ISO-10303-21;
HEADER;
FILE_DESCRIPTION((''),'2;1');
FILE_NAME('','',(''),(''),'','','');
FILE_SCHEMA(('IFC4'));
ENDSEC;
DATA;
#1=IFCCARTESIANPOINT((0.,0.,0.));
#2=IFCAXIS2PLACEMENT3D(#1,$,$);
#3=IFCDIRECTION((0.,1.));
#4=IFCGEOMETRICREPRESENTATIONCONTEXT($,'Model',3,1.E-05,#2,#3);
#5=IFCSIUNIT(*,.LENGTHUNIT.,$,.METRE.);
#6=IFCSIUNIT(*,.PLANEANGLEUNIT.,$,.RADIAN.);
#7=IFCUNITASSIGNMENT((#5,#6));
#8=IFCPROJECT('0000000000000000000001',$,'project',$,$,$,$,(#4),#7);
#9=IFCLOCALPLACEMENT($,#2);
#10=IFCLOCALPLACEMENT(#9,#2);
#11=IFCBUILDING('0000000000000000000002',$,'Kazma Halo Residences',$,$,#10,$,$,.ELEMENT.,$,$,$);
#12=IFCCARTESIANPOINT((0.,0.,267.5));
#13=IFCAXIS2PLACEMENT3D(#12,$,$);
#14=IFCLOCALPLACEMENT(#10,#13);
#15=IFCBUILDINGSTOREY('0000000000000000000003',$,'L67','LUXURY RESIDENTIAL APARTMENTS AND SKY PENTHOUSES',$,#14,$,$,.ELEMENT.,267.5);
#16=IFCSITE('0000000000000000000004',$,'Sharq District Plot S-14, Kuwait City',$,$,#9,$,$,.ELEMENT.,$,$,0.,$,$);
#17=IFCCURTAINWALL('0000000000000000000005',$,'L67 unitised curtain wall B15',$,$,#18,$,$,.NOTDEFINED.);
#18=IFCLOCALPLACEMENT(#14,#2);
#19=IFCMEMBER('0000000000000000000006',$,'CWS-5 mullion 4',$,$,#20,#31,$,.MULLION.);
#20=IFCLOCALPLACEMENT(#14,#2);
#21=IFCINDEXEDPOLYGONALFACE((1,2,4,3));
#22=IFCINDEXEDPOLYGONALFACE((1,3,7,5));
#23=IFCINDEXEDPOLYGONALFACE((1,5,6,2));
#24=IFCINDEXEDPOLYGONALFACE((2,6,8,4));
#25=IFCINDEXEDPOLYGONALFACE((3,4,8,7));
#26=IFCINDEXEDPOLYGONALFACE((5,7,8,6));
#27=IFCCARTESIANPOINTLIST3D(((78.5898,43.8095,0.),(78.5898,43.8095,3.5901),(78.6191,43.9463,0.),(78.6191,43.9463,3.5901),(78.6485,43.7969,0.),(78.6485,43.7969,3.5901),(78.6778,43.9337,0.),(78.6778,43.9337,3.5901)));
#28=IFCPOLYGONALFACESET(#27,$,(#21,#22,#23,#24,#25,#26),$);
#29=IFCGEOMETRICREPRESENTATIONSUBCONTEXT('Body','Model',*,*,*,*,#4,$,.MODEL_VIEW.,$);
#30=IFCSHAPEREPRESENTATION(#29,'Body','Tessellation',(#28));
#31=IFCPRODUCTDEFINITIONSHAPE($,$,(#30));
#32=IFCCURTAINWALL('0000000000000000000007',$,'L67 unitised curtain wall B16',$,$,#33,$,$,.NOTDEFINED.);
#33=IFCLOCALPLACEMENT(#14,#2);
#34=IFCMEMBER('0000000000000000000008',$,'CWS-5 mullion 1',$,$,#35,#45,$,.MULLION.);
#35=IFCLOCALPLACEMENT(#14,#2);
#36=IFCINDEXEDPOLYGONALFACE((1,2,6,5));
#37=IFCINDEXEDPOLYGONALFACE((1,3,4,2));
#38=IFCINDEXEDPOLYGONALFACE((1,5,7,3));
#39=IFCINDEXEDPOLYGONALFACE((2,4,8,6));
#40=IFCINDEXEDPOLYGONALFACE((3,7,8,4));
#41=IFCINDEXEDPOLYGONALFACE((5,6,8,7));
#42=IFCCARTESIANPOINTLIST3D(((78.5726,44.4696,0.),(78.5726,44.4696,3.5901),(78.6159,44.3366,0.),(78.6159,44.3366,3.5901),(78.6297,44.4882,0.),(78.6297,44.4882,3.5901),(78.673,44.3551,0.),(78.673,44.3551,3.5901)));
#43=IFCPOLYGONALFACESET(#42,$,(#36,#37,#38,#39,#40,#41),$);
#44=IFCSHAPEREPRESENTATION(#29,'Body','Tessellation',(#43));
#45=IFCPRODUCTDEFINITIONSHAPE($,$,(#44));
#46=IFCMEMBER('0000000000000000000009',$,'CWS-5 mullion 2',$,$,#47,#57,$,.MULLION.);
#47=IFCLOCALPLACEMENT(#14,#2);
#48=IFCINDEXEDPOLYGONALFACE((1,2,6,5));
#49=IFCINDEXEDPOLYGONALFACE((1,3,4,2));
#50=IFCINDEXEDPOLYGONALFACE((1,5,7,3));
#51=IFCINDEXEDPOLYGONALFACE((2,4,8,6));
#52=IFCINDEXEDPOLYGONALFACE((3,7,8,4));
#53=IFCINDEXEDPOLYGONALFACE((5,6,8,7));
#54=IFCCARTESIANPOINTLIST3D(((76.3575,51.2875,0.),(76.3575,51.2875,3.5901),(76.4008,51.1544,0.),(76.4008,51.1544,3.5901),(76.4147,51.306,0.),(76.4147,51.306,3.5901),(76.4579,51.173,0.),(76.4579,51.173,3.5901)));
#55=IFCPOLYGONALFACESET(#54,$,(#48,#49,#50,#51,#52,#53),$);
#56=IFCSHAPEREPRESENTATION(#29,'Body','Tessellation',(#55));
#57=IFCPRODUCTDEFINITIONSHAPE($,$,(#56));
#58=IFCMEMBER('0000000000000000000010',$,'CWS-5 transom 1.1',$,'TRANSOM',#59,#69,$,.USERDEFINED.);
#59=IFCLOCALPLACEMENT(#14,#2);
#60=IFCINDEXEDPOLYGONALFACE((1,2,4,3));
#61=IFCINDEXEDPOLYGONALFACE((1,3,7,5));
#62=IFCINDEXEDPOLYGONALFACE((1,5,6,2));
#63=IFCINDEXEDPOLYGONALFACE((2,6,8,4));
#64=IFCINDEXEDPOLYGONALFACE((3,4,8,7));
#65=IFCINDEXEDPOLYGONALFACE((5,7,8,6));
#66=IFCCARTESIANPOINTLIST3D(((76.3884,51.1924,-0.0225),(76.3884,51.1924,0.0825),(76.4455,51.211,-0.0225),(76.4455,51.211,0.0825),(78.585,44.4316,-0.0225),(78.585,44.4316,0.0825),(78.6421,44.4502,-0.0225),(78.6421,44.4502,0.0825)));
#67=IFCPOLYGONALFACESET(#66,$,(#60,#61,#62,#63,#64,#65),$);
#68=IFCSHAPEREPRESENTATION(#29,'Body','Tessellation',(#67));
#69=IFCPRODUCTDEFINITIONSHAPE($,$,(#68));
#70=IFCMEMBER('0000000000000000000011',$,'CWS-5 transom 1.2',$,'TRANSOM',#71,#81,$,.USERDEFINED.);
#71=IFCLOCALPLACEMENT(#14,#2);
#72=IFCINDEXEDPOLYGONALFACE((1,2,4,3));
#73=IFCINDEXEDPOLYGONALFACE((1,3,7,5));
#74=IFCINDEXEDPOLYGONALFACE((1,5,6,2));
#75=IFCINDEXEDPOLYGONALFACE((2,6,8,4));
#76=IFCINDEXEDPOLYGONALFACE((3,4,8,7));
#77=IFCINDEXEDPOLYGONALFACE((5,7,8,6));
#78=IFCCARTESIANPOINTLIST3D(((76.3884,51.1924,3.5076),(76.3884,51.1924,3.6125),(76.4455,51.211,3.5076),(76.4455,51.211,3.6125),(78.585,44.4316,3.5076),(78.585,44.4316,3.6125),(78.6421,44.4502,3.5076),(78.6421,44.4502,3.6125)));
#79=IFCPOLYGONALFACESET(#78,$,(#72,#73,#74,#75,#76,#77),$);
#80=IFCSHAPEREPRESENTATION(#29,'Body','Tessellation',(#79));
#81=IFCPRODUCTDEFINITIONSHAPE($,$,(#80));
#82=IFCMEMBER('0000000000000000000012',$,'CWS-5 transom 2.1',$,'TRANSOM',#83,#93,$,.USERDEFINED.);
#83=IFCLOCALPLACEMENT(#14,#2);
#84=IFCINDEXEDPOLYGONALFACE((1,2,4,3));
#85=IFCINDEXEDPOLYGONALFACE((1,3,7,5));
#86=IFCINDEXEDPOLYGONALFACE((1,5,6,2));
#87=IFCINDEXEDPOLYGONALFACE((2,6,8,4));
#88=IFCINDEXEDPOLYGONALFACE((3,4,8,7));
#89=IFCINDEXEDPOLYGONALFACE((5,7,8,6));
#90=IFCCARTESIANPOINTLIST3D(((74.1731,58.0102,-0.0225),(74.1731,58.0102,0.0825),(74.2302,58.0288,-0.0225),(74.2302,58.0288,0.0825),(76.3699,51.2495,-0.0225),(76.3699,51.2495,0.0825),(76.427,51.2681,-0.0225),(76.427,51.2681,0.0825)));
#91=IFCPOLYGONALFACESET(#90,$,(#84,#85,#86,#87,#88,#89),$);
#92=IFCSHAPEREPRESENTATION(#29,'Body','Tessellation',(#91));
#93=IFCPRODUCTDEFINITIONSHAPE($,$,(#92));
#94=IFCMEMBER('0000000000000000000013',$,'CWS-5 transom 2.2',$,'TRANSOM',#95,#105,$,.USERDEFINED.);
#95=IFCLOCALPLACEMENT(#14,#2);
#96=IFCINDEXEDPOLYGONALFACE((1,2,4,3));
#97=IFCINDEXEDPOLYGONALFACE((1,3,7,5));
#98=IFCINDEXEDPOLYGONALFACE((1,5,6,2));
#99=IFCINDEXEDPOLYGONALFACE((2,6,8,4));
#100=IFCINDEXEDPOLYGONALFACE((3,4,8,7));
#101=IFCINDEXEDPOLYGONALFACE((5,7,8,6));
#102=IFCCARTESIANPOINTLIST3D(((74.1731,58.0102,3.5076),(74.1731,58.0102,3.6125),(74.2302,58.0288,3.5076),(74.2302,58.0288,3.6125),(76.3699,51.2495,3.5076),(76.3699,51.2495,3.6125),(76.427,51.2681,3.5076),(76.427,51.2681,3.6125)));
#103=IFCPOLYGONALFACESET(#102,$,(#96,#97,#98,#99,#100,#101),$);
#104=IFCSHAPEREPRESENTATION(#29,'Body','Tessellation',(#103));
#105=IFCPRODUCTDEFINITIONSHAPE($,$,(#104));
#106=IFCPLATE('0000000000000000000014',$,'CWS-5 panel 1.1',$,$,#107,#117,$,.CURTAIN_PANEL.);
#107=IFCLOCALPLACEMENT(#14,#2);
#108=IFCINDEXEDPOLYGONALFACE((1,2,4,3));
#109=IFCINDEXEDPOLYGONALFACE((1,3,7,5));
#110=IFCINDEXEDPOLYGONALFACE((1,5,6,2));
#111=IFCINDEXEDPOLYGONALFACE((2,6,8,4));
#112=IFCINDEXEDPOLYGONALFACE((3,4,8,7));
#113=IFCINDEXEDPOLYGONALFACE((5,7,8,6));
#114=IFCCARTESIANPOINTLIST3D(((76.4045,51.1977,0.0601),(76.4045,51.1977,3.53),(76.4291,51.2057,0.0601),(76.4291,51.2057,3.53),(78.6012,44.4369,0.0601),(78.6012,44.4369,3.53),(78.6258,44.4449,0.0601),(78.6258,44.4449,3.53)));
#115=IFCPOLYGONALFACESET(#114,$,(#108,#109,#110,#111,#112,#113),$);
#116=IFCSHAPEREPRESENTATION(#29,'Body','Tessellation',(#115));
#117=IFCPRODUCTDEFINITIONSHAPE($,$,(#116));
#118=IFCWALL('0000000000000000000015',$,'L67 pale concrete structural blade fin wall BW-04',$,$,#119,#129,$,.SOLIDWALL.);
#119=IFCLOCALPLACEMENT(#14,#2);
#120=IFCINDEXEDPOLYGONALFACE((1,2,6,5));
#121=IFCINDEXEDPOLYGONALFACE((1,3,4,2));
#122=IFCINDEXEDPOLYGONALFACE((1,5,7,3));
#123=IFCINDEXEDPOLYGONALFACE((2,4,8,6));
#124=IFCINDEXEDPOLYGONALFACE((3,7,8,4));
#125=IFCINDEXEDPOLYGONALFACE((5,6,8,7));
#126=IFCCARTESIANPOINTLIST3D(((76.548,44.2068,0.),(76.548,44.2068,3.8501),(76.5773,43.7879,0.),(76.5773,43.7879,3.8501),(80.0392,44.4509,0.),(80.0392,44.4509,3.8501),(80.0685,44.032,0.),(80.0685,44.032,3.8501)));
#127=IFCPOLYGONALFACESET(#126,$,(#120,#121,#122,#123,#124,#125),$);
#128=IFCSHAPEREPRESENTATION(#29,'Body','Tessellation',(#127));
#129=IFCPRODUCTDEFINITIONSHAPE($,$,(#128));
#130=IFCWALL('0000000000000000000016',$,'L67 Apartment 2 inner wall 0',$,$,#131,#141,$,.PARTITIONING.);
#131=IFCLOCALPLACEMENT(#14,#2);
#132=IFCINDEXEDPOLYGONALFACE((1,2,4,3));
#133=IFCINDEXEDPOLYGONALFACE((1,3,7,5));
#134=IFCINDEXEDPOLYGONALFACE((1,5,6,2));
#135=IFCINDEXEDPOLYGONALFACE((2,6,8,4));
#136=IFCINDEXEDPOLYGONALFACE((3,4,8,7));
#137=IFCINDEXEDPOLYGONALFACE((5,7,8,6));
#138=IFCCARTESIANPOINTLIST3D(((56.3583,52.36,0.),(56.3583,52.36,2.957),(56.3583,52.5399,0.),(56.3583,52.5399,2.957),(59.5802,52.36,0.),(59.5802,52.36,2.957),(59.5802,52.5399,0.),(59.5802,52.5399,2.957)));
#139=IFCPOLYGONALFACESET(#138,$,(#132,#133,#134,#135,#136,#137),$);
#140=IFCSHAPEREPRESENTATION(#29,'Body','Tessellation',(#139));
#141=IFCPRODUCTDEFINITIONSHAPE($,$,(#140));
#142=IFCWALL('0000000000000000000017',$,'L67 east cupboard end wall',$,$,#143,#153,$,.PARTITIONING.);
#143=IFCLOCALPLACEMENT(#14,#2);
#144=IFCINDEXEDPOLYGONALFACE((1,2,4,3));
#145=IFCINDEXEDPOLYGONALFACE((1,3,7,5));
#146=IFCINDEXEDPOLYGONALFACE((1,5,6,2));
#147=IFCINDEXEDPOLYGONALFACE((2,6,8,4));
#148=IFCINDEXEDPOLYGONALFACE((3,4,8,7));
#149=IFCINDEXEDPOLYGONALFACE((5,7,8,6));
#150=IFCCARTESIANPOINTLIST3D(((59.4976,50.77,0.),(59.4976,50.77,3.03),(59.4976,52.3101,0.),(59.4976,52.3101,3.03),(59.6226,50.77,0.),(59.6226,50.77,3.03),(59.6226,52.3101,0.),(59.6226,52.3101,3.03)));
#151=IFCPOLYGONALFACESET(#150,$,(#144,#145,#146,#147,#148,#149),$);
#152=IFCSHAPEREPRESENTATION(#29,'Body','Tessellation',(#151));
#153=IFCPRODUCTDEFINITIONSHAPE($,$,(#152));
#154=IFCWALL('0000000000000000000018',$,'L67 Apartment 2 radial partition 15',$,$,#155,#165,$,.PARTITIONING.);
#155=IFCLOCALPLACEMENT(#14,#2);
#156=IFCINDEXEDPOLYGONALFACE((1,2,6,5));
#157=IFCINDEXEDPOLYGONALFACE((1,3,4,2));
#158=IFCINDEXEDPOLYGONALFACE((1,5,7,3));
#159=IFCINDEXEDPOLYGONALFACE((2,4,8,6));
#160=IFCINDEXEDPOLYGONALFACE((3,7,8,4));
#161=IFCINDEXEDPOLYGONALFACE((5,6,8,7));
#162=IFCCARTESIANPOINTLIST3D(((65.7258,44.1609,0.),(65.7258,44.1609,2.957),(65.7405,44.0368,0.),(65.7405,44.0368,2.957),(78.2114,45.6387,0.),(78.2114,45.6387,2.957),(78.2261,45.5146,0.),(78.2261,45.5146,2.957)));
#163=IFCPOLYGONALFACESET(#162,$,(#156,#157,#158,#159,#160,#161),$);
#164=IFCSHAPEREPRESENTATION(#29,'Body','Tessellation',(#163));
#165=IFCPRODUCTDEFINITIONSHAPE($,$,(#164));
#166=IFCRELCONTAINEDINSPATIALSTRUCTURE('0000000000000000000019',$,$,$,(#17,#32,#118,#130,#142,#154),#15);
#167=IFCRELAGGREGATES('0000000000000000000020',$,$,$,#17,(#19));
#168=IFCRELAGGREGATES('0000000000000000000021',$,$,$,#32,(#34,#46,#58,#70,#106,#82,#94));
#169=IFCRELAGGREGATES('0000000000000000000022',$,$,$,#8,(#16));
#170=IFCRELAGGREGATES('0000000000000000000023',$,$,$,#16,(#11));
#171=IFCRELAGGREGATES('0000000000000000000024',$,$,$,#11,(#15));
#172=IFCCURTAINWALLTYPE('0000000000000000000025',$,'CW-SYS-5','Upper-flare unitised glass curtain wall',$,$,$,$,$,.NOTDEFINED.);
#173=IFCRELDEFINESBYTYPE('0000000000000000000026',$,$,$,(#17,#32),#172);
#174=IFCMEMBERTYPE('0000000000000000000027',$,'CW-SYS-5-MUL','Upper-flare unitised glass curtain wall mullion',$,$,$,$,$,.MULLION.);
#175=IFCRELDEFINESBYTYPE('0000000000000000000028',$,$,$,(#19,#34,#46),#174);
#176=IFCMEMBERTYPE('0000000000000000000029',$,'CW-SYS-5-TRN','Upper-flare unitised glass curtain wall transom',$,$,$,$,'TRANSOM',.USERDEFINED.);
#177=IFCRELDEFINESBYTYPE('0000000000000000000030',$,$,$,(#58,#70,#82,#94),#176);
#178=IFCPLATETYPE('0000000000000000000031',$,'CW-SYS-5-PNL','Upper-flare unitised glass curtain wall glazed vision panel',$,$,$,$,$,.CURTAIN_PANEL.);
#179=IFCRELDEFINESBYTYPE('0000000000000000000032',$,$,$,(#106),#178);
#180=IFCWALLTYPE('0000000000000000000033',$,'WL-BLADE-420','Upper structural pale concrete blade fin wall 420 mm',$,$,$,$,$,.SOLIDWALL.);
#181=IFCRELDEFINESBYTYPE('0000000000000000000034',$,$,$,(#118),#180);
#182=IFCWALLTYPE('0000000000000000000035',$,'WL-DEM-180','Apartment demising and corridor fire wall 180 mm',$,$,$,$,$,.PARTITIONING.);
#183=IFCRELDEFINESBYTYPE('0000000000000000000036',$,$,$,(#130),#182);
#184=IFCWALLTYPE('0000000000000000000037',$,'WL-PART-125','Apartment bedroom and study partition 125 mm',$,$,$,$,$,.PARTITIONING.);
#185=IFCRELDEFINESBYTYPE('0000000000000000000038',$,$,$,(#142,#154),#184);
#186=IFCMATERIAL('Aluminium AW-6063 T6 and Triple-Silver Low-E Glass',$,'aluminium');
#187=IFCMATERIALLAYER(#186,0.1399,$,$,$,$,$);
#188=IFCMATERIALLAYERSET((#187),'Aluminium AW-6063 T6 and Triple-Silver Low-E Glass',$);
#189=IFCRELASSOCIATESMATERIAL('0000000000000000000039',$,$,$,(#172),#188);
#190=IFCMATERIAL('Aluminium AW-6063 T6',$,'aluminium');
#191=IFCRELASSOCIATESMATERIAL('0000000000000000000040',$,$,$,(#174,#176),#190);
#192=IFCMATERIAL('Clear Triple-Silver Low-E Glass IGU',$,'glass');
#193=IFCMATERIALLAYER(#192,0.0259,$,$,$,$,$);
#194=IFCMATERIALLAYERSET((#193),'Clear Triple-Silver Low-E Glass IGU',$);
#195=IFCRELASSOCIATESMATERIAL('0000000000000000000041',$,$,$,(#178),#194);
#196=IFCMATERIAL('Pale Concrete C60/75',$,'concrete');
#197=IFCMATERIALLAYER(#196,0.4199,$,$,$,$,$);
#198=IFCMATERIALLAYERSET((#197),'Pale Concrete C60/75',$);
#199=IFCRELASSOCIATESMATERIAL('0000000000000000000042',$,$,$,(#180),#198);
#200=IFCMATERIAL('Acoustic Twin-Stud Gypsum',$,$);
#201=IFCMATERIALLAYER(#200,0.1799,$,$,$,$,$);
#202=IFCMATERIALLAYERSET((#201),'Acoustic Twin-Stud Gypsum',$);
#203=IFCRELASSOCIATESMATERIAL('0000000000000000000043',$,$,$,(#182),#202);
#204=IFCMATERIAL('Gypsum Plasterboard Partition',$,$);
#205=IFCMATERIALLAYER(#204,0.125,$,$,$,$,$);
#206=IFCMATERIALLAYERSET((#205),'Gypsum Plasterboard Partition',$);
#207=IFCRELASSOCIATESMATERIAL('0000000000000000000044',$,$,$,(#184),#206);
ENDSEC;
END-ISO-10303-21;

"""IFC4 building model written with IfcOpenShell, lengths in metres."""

from ifc_helpers import new_model, si_unit, direction, frame, frame_2d, origin, origin_2d, place, context, subcontext, project, spatial, rectangle, extrude, material, layer, layer_set, material_profile, profile_set, type_object, element, aggregate, save


model = new_model("IFC4")

# Units and contexts
model_context = context("Model", 3, precision=1e-05, world=origin(), true_north=direction((0.0, 1.0)))
body_context = subcontext(model_context, "Body", "Model", "MODEL_VIEW")
ifc_project = project(units=[si_unit("LENGTHUNIT", "METRE"), si_unit("PLANEANGLEUNIT", "RADIAN")], contexts=[model_context])

# Site, building, storey
site_placement = place(None, origin())
site = spatial("IfcSite", under=ifc_project, at=site_placement, Name="Sharq District Plot S-14, Kuwait City", CompositionType="ELEMENT", RefElevation=0.0)
building_placement = place(site_placement, origin())
building = spatial("IfcBuilding", under=site, at=building_placement, Name="Kazma Halo Residences", CompositionType="ELEMENT")
storey_placement = place(building_placement, frame((0.0, 0.0, 267.5)))
storey = spatial("IfcBuildingStorey", under=building, at=storey_placement, Name="L67", Description="LUXURY RESIDENTIAL APARTMENTS AND SKY PENTHOUSES", CompositionType="ELEMENT", Elevation=267.5)

# Curtain wall, member
ifc_material_1 = material(Name="Aluminium AW-6063 T6 and Triple-Silver Low-E Glass", Category="aluminium")
ifc_layer_1 = layer(ifc_material_1, 0.1399)
ifc_layer_set_1 = layer_set([ifc_layer_1], Name="Aluminium AW-6063 T6 and Triple-Silver Low-E Glass")
curtain_wall_type = type_object("IfcCurtainWallType", Name="CW-SYS-5", Description="Upper-flare unitised glass curtain wall", PredefinedType="NOTDEFINED", material=ifc_layer_set_1)
curtain_wall_1_placement = place(storey_placement, origin())
curtain_wall_1 = element("IfcCurtainWall", 1, at=curtain_wall_1_placement, inside=storey, type_object=curtain_wall_type, Name="L67 unitised curtain wall B15", PredefinedType="NOTDEFINED")
ifc_material_2 = material(Name="Aluminium AW-6063 T6", Category="aluminium")
ifc_material_profile_1 = material_profile(ifc_material_2, rectangle(XDim=0.0601, YDim=0.1399, at=origin_2d()), Name="CWM-60x140")
ifc_profile_set_1 = profile_set([ifc_material_profile_1], Name="Aluminium AW-6063 T6")
member_type_1 = type_object("IfcMemberType", Name="CW-SYS-5-MUL", Description="Upper-flare unitised glass curtain wall mullion", PredefinedType="MULLION", material=ifc_profile_set_1)
member_1_placement = place(storey_placement, frame((78.6338, 43.8716, 0.0), z_axis=(0.0, 0.0, 1.0), x_axis=(-0.977775, 0.209657, 0.0)))
member_1 = element("IfcMember", 2, at=member_1_placement, type_object=member_type_1, Name="CWS-5 mullion 4", PredefinedType="MULLION", context=body_context, shape_type="SweptSolid", body=[
    extrude(rectangle(XDim=0.0601, YDim=0.1399, at=origin_2d()), origin(), (0.0, 0.0, 1.0), 3.5901),
])
aggregate(curtain_wall_1, [member_1])

# Curtain wall, members, plate
curtain_wall_2_placement = place(storey_placement, origin())
curtain_wall_2 = element("IfcCurtainWall", 3, at=curtain_wall_2_placement, inside=storey, type_object=curtain_wall_type, Name="L67 unitised curtain wall B16", PredefinedType="NOTDEFINED")
member_2_placement = place(storey_placement, frame((78.6228, 44.4124, 0.0), z_axis=(0.0, 0.0, 1.0), x_axis=(-0.951058, -0.309011, 0.0)))
member_2 = element("IfcMember", 4, at=member_2_placement, type_object=member_type_1, Name="CWS-5 mullion 1", PredefinedType="MULLION", context=body_context, shape_type="SweptSolid", body=[
    extrude(rectangle(XDim=0.0601, YDim=0.1399, at=origin_2d()), origin(), (0.0, 0.0, 1.0), 3.5901),
])
member_3_placement = place(storey_placement, frame((76.4077, 51.2302, 0.0), z_axis=(0.0, 0.0, 1.0), x_axis=(-0.951058, -0.309011, 0.0)))
member_3 = element("IfcMember", 5, at=member_3_placement, type_object=member_type_1, Name="CWS-5 mullion 2", PredefinedType="MULLION", context=body_context, shape_type="SweptSolid", body=[
    extrude(rectangle(XDim=0.0601, YDim=0.1399, at=origin_2d()), origin(), (0.0, 0.0, 1.0), 3.5901),
])
ifc_material_profile_2 = material_profile(ifc_material_2, rectangle(XDim=0.0601, YDim=0.105, at=origin_2d()), Name="CWT-60x105")
ifc_profile_set_2 = profile_set([ifc_material_profile_2], Name="Aluminium AW-6063 T6")
member_type_2 = type_object("IfcMemberType", Name="CW-SYS-5-TRN", Description="Upper-flare unitised glass curtain wall transom", ElementType="TRANSOM", PredefinedType="USERDEFINED", material=ifc_profile_set_2)
member_4_placement = place(storey_placement, frame((78.6135, 44.4409, 0.03), z_axis=(-0.308996, 0.951063, 0.0), x_axis=(-0.951063, -0.308996, 0.0)))
member_4 = element("IfcMember", 6, at=member_4_placement, type_object=member_type_2, Name="CWS-5 transom 1.1", ObjectType="TRANSOM", PredefinedType="USERDEFINED", context=body_context, shape_type="SweptSolid", body=[
    extrude(rectangle(XDim=0.0601, YDim=0.105, at=origin_2d()), origin(), (0.0, 0.0, 1.0), 7.1086),
])
member_5_placement = place(storey_placement, frame((78.6135, 44.4409, 3.5601), z_axis=(-0.308996, 0.951063, 0.0), x_axis=(-0.951063, -0.308996, 0.0)))
member_5 = element("IfcMember", 7, at=member_5_placement, type_object=member_type_2, Name="CWS-5 transom 1.2", ObjectType="TRANSOM", PredefinedType="USERDEFINED", context=body_context, shape_type="SweptSolid", body=[
    extrude(rectangle(XDim=0.0601, YDim=0.105, at=origin_2d()), origin(), (0.0, 0.0, 1.0), 7.1086),
])
member_6_placement = place(storey_placement, frame((76.3984, 51.2588, 0.03), z_axis=(-0.309027, 0.951053, 0.0), x_axis=(-0.951053, -0.309027, 0.0)))
member_6 = element("IfcMember", 8, at=member_6_placement, type_object=member_type_2, Name="CWS-5 transom 2.1", ObjectType="TRANSOM", PredefinedType="USERDEFINED", context=body_context, shape_type="SweptSolid", body=[
    extrude(rectangle(XDim=0.0601, YDim=0.105, at=origin_2d()), origin(), (0.0, 0.0, 1.0), 7.1086),
])
member_7_placement = place(storey_placement, frame((76.3984, 51.2588, 3.5601), z_axis=(-0.309027, 0.951053, 0.0), x_axis=(-0.951053, -0.309027, 0.0)))
member_7 = element("IfcMember", 9, at=member_7_placement, type_object=member_type_2, Name="CWS-5 transom 2.2", ObjectType="TRANSOM", PredefinedType="USERDEFINED", context=body_context, shape_type="SweptSolid", body=[
    extrude(rectangle(XDim=0.0601, YDim=0.105, at=origin_2d()), origin(), (0.0, 0.0, 1.0), 7.1086),
])
ifc_material_3 = material(Name="Clear Triple-Silver Low-E Glass IGU", Category="glass")
ifc_layer_2 = layer(ifc_material_3, 0.0259)
ifc_layer_set_2 = layer_set([ifc_layer_2], Name="Clear Triple-Silver Low-E Glass IGU")
plate_type = type_object("IfcPlateType", Name="CW-SYS-5-PNL", Description="Upper-flare unitised glass curtain wall glazed vision panel", PredefinedType="CURTAIN_PANEL", material=ifc_layer_set_2)
plate_placement = place(storey_placement, frame((77.5151, 47.8213, 0.0601), z_axis=(0.0, 0.0, 1.0), x_axis=(-0.309011, 0.951058, 0.0)))
plate = element("IfcPlate", 10, at=plate_placement, type_object=plate_type, Name="CWS-5 panel 1.1", PredefinedType="CURTAIN_PANEL", context=body_context, shape_type="SweptSolid", body=[
    extrude(rectangle(XDim=7.1086, YDim=0.0259, at=origin_2d()), origin(), (0.0, 0.0, 1.0), 3.47),
])
aggregate(curtain_wall_2, [member_2, member_3, member_4, member_5, plate, member_6, member_7])

# Walls
ifc_material_4 = material(Name="Pale Concrete C60/75", Category="concrete")
ifc_layer_3 = layer(ifc_material_4, 0.4199)
ifc_layer_set_3 = layer_set([ifc_layer_3], Name="Pale Concrete C60/75")
wall_type_1 = type_object("IfcWallType", Name="WL-BLADE-420", Description="Upper structural pale concrete blade fin wall 420 mm", PredefinedType="SOLIDWALL", material=ifc_layer_set_3)
wall_1_placement = place(storey_placement, frame((76.5625, 43.9973, 0.0), z_axis=(0.0, 0.0, 1.0), x_axis=(0.997564, 0.06976, 0.0)))
element("IfcWall", 11, at=wall_1_placement, inside=storey, type_object=wall_type_1, Name="L67 pale concrete structural blade fin wall BW-04", PredefinedType="SOLIDWALL", context=body_context, shape_type="SweptSolid", body=[
    extrude(rectangle(XDim=3.4998, YDim=0.4199, at=frame_2d((1.75, 0.0))), origin(), (0.0, 0.0, 1.0), 3.8501),
])
ifc_material_5 = material(Name="Acoustic Twin-Stud Gypsum")
ifc_layer_4 = layer(ifc_material_5, 0.1799)
ifc_layer_set_4 = layer_set([ifc_layer_4], Name="Acoustic Twin-Stud Gypsum")
wall_type_2 = type_object("IfcWallType", Name="WL-DEM-180", Description="Apartment demising and corridor fire wall 180 mm", PredefinedType="PARTITIONING", material=ifc_layer_set_4)
wall_2_placement = place(storey_placement, frame((59.5801, 52.45, 0.0), z_axis=(0.0, 0.0, 1.0), x_axis=(-1.0, 0.0, 0.0)))
element("IfcWall", 12, at=wall_2_placement, inside=storey, type_object=wall_type_2, Name="L67 Apartment 2 inner wall 0", PredefinedType="PARTITIONING", context=body_context, shape_type="SweptSolid", body=[
    extrude(rectangle(XDim=3.2219, YDim=0.1799, at=frame_2d((1.6108, 0.0))), origin(), (0.0, 0.0, 1.0), 2.957),
])
ifc_material_6 = material(Name="Gypsum Plasterboard Partition")
ifc_layer_5 = layer(ifc_material_6, 0.125)
ifc_layer_set_5 = layer_set([ifc_layer_5], Name="Gypsum Plasterboard Partition")
wall_type_3 = type_object("IfcWallType", Name="WL-PART-125", Description="Apartment bedroom and study partition 125 mm", PredefinedType="PARTITIONING", material=ifc_layer_set_5)
wall_3_placement = place(storey_placement, frame((59.5601, 50.77, 0.0), z_axis=(0.0, 0.0, 1.0), x_axis=(0.0, 1.0, 0.0)))
element("IfcWall", 13, at=wall_3_placement, inside=storey, type_object=wall_type_3, Name="L67 east cupboard end wall", PredefinedType="PARTITIONING", context=body_context, shape_type="SweptSolid", body=[
    extrude(rectangle(XDim=1.54, YDim=0.125, at=frame_2d((0.77, 0.0))), origin(), (0.0, 0.0, 1.0), 3.03),
])
wall_4_placement = place(storey_placement, frame((65.7332, 44.0989, 0.0), z_axis=(0.0, 0.0, 1.0), x_axis=(0.993068, 0.117539, 0.0)))
element("IfcWall", 14, at=wall_4_placement, inside=storey, type_object=wall_type_3, Name="L67 Apartment 2 radial partition 15", PredefinedType="PARTITIONING", context=body_context, shape_type="SweptSolid", body=[
    extrude(rectangle(XDim=12.5728, YDim=0.125, at=frame_2d((6.2864, 0.0))), origin(), (0.0, 0.0, 1.0), 2.957),
])

save(model, "model.ifc")
